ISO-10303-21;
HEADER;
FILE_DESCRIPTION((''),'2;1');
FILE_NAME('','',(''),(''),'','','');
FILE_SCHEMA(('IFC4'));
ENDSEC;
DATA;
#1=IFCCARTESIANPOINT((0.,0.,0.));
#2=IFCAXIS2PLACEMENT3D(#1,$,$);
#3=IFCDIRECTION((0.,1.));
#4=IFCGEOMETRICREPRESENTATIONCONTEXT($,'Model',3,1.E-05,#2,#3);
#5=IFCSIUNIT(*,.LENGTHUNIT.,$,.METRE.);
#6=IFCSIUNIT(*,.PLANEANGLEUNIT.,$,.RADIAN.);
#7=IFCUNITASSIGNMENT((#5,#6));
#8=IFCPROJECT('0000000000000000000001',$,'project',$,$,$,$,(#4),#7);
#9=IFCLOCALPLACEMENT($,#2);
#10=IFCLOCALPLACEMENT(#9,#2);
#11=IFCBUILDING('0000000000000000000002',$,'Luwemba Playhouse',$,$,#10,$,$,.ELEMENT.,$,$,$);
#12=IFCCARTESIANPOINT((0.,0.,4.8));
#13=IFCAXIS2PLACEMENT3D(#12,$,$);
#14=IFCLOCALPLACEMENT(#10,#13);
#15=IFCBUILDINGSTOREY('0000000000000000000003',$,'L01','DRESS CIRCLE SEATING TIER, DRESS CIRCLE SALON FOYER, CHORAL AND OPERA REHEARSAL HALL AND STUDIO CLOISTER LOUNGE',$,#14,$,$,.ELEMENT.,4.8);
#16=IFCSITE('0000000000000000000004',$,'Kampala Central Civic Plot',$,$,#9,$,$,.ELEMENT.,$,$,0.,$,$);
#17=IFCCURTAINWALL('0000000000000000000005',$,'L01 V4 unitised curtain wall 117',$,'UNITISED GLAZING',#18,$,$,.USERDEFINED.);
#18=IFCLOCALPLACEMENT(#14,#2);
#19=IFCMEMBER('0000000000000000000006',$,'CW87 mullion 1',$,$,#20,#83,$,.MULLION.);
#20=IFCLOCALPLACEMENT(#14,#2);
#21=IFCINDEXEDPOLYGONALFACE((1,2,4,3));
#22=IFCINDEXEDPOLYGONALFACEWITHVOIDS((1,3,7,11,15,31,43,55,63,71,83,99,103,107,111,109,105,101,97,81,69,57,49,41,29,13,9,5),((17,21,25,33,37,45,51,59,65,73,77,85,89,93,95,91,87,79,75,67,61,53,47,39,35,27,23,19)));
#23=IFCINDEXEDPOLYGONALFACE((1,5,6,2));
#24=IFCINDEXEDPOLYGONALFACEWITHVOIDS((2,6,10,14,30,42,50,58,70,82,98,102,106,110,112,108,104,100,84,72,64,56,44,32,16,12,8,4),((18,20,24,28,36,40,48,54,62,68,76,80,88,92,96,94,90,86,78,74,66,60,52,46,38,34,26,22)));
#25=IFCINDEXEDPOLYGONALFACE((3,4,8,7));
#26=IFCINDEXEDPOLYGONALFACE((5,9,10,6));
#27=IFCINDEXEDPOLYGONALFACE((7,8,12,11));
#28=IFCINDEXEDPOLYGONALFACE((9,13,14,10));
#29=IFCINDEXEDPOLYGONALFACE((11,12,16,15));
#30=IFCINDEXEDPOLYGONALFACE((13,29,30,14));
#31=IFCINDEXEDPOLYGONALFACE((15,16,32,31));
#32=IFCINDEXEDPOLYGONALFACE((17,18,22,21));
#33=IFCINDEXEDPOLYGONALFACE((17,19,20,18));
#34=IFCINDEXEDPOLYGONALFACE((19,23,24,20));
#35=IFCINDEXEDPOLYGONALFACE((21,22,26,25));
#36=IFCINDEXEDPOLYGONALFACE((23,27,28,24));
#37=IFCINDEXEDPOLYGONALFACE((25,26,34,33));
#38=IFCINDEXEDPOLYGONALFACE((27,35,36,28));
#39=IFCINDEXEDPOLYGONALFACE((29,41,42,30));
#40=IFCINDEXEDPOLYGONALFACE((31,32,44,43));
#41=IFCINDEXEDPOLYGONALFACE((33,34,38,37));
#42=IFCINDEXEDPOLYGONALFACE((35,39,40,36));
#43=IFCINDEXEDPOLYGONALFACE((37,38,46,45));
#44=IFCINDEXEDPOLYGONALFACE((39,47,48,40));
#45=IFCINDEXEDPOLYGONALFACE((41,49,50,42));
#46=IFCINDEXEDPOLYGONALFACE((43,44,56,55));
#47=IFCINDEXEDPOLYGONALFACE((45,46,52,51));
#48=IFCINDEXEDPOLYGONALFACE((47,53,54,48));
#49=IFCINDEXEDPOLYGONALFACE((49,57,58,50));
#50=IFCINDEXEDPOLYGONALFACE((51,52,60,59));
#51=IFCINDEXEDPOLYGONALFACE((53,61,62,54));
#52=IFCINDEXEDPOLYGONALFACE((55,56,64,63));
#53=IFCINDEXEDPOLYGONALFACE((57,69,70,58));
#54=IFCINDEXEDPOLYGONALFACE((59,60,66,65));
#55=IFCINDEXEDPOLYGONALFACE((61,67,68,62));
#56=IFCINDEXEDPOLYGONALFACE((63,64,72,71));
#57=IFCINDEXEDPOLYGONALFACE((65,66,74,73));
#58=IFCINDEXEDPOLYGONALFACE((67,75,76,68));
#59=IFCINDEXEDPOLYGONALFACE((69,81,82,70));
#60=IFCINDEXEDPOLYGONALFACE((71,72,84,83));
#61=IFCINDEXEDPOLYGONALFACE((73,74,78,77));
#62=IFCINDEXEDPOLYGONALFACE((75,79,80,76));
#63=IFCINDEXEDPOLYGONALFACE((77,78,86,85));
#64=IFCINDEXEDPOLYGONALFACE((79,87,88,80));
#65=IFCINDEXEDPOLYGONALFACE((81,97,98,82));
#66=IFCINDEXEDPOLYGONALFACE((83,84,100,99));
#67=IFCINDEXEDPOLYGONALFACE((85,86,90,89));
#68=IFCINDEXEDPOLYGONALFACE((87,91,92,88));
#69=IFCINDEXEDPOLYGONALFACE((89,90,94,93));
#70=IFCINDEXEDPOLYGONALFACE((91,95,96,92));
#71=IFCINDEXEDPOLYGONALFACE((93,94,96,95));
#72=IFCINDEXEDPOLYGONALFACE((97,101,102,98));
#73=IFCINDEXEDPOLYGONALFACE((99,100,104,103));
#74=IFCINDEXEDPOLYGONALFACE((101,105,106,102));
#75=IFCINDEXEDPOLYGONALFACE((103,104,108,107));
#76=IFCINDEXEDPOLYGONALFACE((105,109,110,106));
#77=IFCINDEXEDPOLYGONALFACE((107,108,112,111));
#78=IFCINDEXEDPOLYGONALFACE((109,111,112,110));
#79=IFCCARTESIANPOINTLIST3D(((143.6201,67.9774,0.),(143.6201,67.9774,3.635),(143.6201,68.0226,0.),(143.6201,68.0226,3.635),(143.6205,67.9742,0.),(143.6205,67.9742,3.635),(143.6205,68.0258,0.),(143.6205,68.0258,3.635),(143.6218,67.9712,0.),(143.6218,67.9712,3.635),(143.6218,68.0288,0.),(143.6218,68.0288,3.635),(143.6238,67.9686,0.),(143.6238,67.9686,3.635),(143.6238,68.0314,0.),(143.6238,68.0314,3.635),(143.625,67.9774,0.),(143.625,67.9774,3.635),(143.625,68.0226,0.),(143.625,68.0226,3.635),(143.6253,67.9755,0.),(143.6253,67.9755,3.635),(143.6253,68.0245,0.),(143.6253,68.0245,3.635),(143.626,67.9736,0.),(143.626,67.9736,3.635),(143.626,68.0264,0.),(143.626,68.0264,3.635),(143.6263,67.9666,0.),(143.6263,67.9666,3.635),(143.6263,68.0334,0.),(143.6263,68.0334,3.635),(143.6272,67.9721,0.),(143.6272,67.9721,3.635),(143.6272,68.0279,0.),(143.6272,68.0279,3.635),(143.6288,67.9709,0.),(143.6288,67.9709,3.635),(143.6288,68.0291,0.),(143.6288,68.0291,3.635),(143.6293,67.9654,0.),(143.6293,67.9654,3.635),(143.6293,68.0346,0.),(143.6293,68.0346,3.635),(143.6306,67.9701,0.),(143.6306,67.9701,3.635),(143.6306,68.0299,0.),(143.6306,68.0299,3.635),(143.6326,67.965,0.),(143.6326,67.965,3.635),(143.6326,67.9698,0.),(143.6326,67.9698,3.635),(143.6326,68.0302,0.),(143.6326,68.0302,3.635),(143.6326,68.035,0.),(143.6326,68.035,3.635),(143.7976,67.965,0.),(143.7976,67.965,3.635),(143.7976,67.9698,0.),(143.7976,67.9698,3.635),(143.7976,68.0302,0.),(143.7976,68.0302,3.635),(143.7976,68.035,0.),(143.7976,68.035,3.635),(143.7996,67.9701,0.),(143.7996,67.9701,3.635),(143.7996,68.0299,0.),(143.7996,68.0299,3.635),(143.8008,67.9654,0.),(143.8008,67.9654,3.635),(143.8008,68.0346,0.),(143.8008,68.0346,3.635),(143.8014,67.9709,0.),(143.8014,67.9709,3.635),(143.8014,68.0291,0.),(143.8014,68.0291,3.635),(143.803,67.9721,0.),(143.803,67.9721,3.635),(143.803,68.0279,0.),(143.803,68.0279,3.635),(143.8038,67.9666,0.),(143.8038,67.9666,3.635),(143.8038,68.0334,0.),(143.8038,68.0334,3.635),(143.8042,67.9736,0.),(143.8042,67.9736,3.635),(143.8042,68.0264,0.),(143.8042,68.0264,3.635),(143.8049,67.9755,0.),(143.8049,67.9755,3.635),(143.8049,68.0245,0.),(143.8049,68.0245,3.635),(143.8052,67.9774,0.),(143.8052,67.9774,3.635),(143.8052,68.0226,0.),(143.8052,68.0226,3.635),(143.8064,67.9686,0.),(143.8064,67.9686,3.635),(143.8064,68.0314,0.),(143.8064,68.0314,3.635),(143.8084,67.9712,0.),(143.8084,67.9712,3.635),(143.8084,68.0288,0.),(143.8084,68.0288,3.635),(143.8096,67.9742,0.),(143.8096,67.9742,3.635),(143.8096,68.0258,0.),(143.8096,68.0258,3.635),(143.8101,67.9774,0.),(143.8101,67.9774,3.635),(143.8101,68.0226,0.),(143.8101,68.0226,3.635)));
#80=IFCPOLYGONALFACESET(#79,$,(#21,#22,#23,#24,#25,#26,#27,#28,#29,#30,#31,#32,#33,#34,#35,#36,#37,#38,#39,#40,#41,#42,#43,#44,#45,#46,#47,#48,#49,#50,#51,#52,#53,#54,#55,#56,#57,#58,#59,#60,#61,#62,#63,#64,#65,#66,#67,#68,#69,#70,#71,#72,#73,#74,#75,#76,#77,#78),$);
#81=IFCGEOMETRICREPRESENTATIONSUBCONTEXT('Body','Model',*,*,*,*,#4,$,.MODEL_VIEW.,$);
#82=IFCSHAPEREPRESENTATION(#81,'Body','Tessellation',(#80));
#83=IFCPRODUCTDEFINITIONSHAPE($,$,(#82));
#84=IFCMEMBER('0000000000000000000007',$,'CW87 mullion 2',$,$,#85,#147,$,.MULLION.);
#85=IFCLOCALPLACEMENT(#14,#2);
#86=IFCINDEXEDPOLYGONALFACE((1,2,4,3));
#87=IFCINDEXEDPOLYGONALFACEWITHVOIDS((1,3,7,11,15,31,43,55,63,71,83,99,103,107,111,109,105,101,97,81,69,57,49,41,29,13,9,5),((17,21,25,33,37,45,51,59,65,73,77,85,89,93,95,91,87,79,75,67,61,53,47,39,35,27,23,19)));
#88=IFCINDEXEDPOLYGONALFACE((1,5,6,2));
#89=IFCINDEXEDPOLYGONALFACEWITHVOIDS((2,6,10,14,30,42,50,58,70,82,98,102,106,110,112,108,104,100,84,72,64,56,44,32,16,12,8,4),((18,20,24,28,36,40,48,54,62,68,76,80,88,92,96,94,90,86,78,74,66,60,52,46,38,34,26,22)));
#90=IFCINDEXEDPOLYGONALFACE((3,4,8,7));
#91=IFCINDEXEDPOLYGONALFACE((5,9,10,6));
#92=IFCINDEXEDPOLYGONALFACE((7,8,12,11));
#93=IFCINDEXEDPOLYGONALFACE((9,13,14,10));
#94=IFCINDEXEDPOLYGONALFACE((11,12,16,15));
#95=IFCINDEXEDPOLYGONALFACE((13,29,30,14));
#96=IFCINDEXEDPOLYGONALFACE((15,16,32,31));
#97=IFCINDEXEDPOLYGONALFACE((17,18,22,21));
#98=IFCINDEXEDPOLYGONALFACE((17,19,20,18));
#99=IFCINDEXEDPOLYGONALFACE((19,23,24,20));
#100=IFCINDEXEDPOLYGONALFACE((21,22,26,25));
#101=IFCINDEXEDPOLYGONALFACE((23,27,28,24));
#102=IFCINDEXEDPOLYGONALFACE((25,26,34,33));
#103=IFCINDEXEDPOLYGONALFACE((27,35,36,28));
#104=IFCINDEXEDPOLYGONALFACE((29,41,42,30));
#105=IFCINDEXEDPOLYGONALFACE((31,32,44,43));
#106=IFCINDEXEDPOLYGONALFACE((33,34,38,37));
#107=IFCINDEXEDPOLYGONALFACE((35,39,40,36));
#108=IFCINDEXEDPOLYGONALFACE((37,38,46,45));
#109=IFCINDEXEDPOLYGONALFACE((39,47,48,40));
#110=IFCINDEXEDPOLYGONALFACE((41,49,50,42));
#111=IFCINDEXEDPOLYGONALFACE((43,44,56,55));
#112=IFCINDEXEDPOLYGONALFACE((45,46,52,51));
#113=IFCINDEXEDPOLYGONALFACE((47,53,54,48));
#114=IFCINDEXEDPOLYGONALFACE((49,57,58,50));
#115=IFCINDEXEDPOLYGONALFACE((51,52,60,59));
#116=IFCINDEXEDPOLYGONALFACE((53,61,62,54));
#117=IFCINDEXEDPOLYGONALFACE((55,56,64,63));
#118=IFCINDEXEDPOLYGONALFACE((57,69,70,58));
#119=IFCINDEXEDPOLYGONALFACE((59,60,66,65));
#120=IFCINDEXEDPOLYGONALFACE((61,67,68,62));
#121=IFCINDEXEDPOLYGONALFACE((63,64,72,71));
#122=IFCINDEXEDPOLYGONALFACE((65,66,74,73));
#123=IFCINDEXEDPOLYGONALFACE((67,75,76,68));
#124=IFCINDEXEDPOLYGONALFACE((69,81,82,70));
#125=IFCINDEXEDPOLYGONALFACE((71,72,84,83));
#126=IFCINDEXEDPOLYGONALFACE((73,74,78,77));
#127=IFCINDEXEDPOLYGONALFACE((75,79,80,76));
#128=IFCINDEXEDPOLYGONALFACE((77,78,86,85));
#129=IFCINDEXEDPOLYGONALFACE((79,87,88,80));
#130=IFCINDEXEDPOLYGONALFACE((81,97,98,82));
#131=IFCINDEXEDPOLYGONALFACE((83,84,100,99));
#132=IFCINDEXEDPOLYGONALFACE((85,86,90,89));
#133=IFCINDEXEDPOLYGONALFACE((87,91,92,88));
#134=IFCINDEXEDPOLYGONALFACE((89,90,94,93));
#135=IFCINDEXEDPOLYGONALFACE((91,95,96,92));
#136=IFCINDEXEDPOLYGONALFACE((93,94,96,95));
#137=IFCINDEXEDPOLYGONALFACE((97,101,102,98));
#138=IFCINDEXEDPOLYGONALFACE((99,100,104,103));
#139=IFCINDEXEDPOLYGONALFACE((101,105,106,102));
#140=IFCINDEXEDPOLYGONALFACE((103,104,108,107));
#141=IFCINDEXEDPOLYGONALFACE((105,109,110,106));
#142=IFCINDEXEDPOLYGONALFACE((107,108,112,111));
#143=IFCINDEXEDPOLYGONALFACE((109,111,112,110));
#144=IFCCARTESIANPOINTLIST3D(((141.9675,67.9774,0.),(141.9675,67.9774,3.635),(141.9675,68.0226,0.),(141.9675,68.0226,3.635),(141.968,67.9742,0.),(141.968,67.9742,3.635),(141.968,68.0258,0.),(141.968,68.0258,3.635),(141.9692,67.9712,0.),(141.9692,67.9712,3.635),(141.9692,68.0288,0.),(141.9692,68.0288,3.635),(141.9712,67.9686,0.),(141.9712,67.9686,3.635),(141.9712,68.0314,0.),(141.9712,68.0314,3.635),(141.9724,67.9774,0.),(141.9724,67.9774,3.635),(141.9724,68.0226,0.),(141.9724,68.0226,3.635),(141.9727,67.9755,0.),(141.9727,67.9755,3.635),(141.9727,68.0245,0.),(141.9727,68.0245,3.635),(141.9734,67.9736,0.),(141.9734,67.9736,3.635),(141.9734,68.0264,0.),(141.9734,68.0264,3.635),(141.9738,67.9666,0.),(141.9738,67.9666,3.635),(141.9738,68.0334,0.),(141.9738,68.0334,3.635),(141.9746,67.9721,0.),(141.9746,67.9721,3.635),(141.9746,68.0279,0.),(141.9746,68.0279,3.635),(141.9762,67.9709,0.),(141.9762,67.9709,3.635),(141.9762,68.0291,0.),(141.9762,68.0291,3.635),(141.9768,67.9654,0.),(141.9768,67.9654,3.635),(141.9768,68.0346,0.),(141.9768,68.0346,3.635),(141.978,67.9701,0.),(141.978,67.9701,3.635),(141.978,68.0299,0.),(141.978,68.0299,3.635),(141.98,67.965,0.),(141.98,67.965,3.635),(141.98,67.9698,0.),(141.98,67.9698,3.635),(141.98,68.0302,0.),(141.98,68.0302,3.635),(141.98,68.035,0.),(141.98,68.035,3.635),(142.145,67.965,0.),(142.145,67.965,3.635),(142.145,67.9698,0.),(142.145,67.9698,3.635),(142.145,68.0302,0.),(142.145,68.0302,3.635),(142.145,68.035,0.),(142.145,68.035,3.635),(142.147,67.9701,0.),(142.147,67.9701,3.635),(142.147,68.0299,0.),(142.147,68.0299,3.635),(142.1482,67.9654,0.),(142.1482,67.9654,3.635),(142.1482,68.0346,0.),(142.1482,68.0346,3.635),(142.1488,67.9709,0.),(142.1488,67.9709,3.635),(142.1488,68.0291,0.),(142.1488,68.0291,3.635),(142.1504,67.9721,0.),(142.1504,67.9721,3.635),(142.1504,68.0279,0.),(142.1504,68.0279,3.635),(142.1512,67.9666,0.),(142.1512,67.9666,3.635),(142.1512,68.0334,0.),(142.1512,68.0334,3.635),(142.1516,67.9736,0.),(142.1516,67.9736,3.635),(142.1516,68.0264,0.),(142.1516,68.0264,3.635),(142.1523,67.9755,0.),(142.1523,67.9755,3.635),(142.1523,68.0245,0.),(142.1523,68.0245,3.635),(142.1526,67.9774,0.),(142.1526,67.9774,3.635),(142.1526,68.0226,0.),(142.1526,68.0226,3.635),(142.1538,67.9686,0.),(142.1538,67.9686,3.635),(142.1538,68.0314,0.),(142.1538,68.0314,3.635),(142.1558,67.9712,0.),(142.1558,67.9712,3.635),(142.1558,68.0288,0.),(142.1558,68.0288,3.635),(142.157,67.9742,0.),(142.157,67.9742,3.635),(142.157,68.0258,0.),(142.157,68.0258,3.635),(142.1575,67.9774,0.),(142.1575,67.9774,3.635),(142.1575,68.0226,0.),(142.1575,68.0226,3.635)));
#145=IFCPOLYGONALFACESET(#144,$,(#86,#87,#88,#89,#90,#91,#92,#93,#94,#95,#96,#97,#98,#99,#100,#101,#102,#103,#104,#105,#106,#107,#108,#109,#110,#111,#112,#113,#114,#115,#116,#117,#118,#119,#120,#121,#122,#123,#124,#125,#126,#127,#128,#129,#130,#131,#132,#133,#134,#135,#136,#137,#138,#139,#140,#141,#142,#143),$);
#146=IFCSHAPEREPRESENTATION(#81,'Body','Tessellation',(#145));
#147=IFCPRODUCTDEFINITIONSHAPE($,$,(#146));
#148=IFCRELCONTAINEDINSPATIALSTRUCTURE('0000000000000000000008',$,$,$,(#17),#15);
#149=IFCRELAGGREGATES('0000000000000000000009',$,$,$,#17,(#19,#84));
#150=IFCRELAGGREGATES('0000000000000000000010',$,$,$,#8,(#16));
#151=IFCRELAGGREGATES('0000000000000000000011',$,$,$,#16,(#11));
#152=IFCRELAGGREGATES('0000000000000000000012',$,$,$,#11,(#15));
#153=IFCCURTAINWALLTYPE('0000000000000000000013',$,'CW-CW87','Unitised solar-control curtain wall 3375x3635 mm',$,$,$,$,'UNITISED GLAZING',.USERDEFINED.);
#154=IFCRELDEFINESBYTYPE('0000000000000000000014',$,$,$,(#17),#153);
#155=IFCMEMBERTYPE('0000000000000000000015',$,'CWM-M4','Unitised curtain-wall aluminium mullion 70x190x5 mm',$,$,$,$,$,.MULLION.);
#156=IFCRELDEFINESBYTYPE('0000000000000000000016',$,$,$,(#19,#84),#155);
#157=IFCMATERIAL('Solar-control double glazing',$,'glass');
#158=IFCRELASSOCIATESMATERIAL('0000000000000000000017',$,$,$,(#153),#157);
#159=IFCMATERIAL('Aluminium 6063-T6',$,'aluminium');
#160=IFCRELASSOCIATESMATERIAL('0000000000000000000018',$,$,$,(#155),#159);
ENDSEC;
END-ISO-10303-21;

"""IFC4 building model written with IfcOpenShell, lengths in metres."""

from ifc_helpers import new_model, si_unit, direction, frame, origin, origin_2d, place, context, subcontext, project, spatial, hollow_rectangle, extrude, material, material_profile, profile_set, type_object, element, aggregate, save


model = new_model("IFC4")

# Units and contexts
model_context = context("Model", 3, precision=1e-05, world=origin(), true_north=direction((0.0, 1.0)))
body_context = subcontext(model_context, "Body", "Model", "MODEL_VIEW")
ifc_project = project(units=[si_unit("LENGTHUNIT", "METRE"), si_unit("PLANEANGLEUNIT", "RADIAN")], contexts=[model_context])

# Site, building, storey
site_placement = place(None, origin())
site = spatial("IfcSite", under=ifc_project, at=site_placement, Name="Kampala Central Civic Plot", CompositionType="ELEMENT", RefElevation=0.0)
building_placement = place(site_placement, origin())
building = spatial("IfcBuilding", under=site, at=building_placement, Name="Luwemba Playhouse", CompositionType="ELEMENT")
storey_placement = place(building_placement, frame((0.0, 0.0, 4.8)))
storey = spatial("IfcBuildingStorey", under=building, at=storey_placement, Name="L01", Description="DRESS CIRCLE SEATING TIER, DRESS CIRCLE SALON FOYER, CHORAL AND OPERA REHEARSAL HALL AND STUDIO CLOISTER LOUNGE", CompositionType="ELEMENT", Elevation=4.8)

# Shared definitions
ifc_material_1 = material(Name="Solar-control double glazing", Category="glass")
ifc_material_2 = material(Name="Aluminium 6063-T6", Category="aluminium")

# Curtain wall, members
curtain_wall_type_1 = type_object("IfcCurtainWallType", Name="CW-CW87", Description="Unitised solar-control curtain wall 3375x3635 mm", ElementType="UNITISED GLAZING", PredefinedType="USERDEFINED", material=ifc_material_1)
curtain_wall_1_placement = place(storey_placement, origin())
curtain_wall_1 = element("IfcCurtainWall", 1, at=curtain_wall_1_placement, inside=storey, type_object=curtain_wall_type_1, Name="L01 V4 unitised curtain wall 117", ObjectType="UNITISED GLAZING", PredefinedType="USERDEFINED")
ifc_material_profile_1 = material_profile(ifc_material_2, hollow_rectangle(XDim=0.0701, YDim=0.1899, WallThickness=0.0049, InnerFilletRadius=0.0076, OuterFilletRadius=0.0125, at=origin_2d()))
ifc_profile_set_1 = profile_set([ifc_material_profile_1], Name="Aluminium 6063-T6")
member_type_1 = type_object("IfcMemberType", Name="CWM-M4", Description="Unitised curtain-wall aluminium mullion 70x190x5 mm", PredefinedType="MULLION", material=ifc_profile_set_1)
member_1_placement = place(storey_placement, frame((143.7151, 68.0, 0.0), z_axis=(0.0, 0.0, 1.0), x_axis=(0.0, -1.0, 0.0)))
member_1 = element("IfcMember", 2, at=member_1_placement, type_object=member_type_1, Name="CW87 mullion 1", PredefinedType="MULLION", context=body_context, shape_type="SweptSolid", body=[
    extrude(hollow_rectangle(XDim=0.0701, YDim=0.1899, WallThickness=0.0049, InnerFilletRadius=0.0076, OuterFilletRadius=0.0125, at=origin_2d()), origin(), (0.0, 0.0, 1.0), 3.635),
])
member_2_placement = place(storey_placement, frame((142.0625, 68.0, 0.0), z_axis=(0.0, 0.0, 1.0), x_axis=(0.0, -1.0, 0.0)))
member_2 = element("IfcMember", 3, at=member_2_placement, type_object=member_type_1, Name="CW87 mullion 2", PredefinedType="MULLION", context=body_context, shape_type="SweptSolid", body=[
    extrude(hollow_rectangle(XDim=0.0701, YDim=0.1899, WallThickness=0.0049, InnerFilletRadius=0.0076, OuterFilletRadius=0.0125, at=origin_2d()), origin(), (0.0, 0.0, 1.0), 3.635),
])

aggregate(curtain_wall_1, [member_1, member_2])

save(model, "model.ifc")
